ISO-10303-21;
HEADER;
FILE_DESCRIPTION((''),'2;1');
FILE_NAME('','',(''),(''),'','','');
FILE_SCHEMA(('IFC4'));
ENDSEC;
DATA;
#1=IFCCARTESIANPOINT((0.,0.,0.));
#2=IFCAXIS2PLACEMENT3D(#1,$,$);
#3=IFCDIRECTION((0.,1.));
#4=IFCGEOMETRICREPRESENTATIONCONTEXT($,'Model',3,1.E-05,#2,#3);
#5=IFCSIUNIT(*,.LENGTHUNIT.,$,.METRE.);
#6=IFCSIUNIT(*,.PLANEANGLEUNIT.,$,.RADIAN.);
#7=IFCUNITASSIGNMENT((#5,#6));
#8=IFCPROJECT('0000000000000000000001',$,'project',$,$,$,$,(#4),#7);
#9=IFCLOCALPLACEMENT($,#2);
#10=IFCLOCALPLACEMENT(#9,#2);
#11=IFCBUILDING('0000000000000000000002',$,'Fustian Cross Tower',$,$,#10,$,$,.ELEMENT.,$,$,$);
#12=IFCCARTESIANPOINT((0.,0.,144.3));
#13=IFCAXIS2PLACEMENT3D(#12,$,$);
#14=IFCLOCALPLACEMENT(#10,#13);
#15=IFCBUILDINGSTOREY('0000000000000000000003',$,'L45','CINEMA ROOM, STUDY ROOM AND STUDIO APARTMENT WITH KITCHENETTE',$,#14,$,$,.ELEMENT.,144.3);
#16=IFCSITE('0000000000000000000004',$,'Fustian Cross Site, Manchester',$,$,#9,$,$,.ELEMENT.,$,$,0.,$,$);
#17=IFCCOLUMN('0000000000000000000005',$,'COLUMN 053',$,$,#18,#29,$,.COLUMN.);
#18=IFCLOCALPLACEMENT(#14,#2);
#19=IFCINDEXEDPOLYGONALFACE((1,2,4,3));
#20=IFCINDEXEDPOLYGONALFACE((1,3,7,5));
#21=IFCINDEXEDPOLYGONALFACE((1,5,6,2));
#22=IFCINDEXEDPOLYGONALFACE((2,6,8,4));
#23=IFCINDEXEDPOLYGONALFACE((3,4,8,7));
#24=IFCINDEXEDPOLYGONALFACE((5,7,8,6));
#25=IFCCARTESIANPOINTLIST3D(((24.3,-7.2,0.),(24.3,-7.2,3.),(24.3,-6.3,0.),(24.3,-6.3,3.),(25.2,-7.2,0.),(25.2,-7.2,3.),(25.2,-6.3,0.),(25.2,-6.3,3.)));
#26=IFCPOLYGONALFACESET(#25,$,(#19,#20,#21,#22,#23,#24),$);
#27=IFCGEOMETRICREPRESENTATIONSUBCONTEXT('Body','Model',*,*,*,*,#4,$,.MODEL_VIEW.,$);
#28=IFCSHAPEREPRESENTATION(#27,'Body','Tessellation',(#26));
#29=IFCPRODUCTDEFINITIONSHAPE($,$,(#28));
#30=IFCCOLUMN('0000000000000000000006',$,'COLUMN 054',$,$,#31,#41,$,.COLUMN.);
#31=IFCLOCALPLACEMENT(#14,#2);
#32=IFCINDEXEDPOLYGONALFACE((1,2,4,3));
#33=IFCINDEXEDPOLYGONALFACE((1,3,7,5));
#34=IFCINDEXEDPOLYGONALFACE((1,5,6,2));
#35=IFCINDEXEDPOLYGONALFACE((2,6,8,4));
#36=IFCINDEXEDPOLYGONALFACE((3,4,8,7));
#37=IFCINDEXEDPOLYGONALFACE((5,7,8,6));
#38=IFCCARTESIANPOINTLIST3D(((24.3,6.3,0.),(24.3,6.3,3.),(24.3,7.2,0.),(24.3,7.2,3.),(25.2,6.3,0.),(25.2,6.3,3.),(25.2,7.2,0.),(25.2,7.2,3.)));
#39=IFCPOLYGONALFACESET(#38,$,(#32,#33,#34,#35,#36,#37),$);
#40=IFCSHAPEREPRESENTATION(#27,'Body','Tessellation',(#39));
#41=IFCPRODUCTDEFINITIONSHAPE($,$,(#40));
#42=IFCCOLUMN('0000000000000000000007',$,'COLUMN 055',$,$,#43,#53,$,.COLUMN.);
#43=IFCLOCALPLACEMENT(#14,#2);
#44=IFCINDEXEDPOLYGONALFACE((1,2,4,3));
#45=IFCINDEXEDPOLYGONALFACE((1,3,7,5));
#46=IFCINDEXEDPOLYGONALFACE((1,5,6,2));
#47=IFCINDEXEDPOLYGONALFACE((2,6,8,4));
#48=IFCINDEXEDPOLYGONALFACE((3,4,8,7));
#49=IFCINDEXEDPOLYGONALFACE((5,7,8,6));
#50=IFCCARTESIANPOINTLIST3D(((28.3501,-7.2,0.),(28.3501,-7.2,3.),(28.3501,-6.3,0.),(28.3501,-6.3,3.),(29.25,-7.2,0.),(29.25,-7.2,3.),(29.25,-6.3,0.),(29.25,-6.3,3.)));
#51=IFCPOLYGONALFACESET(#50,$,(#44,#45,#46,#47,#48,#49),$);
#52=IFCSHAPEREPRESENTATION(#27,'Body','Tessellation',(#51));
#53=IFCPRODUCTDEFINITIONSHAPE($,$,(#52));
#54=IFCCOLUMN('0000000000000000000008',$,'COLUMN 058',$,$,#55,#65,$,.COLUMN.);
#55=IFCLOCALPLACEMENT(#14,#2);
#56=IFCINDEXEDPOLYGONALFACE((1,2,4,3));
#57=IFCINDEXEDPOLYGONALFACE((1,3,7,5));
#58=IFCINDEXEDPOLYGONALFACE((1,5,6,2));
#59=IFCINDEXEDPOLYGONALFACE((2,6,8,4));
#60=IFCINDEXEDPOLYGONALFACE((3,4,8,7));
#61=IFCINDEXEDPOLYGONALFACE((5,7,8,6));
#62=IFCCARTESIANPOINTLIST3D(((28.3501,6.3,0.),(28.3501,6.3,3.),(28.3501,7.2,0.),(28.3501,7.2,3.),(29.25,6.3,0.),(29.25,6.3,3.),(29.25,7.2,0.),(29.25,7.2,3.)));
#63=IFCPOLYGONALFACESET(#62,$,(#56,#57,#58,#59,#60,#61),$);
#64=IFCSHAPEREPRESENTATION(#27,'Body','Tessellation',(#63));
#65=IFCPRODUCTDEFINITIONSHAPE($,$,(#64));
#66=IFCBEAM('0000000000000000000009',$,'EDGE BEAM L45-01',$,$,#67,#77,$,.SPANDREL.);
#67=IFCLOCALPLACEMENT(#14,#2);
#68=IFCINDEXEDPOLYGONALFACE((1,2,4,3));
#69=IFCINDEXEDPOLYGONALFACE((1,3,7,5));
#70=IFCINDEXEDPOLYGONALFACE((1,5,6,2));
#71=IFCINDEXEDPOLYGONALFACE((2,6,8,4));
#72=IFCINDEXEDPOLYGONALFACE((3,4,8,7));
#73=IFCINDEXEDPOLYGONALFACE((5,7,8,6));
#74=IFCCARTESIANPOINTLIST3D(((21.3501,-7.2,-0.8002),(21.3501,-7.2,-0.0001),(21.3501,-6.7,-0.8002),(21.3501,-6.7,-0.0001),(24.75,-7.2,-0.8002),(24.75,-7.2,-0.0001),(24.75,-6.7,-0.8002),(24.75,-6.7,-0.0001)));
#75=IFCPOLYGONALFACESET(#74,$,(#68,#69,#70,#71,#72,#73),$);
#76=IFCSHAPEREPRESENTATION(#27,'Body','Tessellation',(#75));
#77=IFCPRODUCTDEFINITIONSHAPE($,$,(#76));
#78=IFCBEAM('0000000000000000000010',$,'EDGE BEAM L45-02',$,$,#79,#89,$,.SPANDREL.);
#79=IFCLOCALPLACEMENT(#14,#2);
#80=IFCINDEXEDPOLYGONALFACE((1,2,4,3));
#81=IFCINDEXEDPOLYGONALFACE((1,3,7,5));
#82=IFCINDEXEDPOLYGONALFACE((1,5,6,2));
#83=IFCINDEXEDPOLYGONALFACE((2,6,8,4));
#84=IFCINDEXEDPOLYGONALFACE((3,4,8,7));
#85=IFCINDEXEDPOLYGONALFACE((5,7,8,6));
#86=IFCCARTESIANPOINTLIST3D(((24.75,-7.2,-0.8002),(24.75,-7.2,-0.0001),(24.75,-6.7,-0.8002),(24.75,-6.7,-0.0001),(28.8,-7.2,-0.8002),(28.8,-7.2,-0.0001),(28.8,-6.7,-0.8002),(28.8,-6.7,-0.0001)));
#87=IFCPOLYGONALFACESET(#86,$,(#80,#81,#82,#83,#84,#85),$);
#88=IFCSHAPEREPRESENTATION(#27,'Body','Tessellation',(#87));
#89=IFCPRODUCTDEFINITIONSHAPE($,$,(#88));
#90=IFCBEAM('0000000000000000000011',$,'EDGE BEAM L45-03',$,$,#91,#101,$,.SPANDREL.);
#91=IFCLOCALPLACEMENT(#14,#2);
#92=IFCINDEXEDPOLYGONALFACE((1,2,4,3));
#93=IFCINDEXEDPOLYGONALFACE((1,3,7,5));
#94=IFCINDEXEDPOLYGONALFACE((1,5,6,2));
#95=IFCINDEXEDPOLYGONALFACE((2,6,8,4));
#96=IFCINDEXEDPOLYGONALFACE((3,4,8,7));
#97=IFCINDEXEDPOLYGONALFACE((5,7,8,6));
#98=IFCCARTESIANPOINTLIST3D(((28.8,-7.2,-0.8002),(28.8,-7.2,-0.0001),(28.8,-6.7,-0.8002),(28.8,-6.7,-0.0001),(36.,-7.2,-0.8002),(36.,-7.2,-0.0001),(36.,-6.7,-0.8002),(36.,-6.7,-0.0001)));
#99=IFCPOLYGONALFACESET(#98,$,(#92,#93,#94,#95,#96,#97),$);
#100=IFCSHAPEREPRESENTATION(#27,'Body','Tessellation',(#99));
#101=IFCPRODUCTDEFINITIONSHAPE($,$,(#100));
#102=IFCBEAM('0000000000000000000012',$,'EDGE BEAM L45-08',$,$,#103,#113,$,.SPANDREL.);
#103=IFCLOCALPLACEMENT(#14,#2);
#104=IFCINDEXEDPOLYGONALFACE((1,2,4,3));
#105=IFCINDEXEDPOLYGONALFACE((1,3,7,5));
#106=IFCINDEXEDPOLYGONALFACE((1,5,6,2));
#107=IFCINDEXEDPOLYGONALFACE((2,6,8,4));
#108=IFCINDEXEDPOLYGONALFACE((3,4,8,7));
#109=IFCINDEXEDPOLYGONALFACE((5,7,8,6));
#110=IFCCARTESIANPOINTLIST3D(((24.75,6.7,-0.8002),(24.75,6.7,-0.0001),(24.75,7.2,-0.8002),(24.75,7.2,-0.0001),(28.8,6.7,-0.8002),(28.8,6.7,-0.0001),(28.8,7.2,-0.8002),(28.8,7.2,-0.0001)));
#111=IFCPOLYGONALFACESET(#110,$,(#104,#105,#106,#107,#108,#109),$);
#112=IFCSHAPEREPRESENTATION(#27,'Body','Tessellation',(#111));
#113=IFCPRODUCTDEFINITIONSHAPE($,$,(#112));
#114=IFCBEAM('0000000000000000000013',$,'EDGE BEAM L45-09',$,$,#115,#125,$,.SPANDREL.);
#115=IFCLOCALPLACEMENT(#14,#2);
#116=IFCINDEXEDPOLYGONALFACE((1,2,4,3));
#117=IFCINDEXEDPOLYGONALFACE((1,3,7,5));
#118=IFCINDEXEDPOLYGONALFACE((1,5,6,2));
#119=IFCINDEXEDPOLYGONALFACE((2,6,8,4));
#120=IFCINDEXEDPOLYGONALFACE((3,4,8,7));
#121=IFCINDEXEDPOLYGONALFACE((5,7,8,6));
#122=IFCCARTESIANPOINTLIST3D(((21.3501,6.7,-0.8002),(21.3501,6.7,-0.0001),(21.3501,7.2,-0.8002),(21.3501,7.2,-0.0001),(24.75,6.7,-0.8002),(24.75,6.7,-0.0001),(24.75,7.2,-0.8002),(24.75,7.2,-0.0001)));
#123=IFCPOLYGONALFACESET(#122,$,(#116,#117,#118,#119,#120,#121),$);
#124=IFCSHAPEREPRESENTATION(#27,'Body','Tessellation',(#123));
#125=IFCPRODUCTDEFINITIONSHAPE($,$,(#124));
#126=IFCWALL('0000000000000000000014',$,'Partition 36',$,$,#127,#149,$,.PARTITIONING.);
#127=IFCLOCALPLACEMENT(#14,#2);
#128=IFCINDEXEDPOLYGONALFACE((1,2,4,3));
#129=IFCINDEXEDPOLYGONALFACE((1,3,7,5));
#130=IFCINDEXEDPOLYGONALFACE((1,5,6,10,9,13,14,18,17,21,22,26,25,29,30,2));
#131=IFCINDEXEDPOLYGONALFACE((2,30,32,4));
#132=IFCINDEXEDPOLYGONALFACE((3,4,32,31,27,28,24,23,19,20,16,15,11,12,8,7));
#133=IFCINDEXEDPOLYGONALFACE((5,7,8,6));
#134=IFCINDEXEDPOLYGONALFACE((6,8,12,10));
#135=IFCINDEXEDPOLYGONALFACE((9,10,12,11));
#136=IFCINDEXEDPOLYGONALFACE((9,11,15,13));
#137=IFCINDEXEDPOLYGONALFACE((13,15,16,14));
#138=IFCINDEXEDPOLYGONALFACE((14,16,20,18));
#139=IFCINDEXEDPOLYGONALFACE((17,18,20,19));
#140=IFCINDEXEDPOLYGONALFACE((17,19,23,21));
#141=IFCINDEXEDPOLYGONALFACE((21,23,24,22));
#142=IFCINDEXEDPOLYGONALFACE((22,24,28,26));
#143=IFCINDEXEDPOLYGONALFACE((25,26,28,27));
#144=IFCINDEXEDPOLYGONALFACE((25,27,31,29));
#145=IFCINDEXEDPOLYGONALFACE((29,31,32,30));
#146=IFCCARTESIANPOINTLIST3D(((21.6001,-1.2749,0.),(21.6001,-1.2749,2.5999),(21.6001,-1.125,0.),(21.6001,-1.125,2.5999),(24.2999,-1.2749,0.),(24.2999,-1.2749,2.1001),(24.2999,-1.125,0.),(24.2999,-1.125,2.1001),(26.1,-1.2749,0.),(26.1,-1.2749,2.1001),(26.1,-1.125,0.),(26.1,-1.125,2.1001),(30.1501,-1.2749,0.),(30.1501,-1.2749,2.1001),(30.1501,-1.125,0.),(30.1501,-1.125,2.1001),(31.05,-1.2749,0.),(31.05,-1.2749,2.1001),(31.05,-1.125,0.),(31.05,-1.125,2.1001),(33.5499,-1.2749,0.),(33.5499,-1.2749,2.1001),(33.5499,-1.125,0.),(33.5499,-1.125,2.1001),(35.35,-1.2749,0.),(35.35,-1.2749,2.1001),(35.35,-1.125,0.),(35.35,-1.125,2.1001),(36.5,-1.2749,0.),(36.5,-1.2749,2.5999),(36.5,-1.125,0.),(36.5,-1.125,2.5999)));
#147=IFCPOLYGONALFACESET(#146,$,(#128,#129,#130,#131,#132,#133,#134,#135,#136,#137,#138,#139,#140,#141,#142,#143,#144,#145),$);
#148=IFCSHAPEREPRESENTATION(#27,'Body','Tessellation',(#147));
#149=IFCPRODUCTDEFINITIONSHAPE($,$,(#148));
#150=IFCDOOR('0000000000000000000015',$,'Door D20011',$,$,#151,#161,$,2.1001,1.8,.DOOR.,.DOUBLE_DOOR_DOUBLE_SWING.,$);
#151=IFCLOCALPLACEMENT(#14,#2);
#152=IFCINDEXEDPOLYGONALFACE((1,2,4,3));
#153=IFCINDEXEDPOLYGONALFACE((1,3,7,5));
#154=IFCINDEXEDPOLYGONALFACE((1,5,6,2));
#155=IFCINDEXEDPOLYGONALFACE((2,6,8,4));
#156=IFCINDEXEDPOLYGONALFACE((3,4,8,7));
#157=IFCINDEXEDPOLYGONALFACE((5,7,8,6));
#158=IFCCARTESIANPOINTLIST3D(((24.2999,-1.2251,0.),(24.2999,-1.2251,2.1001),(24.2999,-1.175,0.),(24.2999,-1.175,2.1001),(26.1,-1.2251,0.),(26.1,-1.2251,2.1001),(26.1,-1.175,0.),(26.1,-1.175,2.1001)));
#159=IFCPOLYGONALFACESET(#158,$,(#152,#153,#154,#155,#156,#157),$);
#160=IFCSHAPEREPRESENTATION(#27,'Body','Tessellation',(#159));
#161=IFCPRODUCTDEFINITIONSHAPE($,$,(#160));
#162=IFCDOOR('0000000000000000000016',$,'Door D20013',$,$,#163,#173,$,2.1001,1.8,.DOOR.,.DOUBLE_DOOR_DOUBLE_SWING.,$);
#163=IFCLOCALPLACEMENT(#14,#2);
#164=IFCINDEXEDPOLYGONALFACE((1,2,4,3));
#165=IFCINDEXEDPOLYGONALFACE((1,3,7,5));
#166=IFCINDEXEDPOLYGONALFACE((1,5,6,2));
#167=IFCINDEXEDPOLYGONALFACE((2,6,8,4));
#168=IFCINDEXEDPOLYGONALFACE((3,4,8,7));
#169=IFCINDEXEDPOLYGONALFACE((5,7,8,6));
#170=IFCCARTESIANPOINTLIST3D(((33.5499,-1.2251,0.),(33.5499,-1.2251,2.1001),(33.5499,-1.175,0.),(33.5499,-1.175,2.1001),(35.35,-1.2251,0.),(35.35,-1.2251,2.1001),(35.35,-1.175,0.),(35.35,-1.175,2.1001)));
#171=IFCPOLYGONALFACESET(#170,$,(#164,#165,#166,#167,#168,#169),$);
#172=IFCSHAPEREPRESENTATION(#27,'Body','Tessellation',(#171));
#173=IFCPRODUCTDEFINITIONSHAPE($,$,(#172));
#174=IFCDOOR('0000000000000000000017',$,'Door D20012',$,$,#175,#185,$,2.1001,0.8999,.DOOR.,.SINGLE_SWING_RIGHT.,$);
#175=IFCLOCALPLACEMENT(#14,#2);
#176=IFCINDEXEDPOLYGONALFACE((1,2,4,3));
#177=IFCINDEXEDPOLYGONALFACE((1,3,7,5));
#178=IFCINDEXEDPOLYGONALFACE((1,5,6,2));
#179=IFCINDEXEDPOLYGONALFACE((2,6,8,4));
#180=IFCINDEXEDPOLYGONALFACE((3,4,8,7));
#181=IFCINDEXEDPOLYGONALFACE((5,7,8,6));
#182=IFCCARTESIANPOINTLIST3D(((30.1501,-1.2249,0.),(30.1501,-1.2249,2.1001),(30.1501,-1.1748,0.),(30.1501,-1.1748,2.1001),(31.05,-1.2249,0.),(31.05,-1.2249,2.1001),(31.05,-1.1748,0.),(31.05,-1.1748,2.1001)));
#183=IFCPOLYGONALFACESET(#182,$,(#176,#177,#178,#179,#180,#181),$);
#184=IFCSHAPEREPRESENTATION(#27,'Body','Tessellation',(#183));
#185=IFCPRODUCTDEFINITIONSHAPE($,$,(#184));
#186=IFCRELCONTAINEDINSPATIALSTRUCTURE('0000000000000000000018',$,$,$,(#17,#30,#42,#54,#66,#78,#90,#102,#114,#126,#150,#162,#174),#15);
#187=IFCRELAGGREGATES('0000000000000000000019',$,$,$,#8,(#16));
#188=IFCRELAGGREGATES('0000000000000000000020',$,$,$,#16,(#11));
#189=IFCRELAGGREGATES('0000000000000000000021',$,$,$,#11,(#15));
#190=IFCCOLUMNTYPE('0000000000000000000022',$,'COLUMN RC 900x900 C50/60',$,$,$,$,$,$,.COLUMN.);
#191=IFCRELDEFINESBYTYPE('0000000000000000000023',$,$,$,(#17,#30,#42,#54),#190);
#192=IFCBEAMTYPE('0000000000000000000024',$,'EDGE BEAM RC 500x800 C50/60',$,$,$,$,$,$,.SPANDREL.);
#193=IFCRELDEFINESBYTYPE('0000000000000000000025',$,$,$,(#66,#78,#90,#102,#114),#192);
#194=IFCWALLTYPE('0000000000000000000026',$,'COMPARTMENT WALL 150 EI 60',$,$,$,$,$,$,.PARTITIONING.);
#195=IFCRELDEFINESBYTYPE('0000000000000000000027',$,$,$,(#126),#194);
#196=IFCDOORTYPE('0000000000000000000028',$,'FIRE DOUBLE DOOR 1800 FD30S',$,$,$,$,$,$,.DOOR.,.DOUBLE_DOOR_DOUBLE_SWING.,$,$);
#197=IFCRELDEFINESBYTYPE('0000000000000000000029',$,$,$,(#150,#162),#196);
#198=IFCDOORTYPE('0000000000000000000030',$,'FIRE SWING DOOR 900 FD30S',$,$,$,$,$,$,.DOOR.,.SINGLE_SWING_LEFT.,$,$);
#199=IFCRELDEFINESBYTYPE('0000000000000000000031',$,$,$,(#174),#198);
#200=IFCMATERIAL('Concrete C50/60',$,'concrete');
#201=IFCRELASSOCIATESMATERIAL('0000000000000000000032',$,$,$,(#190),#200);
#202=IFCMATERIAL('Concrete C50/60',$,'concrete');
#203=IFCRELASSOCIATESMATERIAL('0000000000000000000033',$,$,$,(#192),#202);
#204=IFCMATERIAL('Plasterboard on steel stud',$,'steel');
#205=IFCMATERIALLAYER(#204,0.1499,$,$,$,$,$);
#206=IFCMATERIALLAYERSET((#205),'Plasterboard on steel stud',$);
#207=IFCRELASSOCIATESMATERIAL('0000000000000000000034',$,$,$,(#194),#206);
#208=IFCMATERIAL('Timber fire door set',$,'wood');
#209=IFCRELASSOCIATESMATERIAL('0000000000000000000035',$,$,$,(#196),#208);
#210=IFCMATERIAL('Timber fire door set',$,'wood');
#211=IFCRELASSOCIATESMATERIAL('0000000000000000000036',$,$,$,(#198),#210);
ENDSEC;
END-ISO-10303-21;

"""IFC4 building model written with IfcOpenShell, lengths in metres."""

from ifc_helpers import new_model, si_unit, direction, frame, frame_2d, origin, origin_2d, place, context, subcontext, project, spatial, rectangle, extrude, material, layer, layer_set, material_profile, profile_set, type_object, element, fill, save


model = new_model("IFC4")

# Units and contexts
model_context = context("Model", 3, precision=1e-05, world=origin(), true_north=direction((0.0, 1.0)))
body_context = subcontext(model_context, "Body", "Model", "MODEL_VIEW")
ifc_project = project(units=[si_unit("LENGTHUNIT", "METRE"), si_unit("PLANEANGLEUNIT", "RADIAN")], contexts=[model_context])

# Site, building, storey
site_placement = place(None, origin())
site = spatial("IfcSite", under=ifc_project, at=site_placement, Name="Fustian Cross Site, Manchester", CompositionType="ELEMENT", RefElevation=0.0)
building_placement = place(site_placement, origin())
building = spatial("IfcBuilding", under=site, at=building_placement, Name="Fustian Cross Tower", CompositionType="ELEMENT")
storey_placement = place(building_placement, frame((0.0, 0.0, 144.3)))
storey = spatial("IfcBuildingStorey", under=building, at=storey_placement, Name="L45", Description="CINEMA ROOM, STUDY ROOM AND STUDIO APARTMENT WITH KITCHENETTE", CompositionType="ELEMENT", Elevation=144.3)

# Columns
ifc_material_1 = material(Name="Concrete C50/60", Category="concrete")
ifc_material_profile_1 = material_profile(ifc_material_1, rectangle(XDim=0.8999, YDim=0.8999, at=origin_2d()), Name="RC 900x900")
ifc_profile_set_1 = profile_set([ifc_material_profile_1], Name="Concrete C50/60")
column_type = type_object("IfcColumnType", Name="COLUMN RC 900x900 C50/60", PredefinedType="COLUMN", material=ifc_profile_set_1)
for number, where, z_axis, x_axis, name in (
    (1, (24.75, -6.75, 0.0), (0.0, 0.0, 1.0), (1.0, 0.0, 0.0), "COLUMN 053"),
    (2, (24.75, 6.75, 0.0), (0.0, 0.0, 1.0), (1.0, 0.0, 0.0), "COLUMN 054"),
    (3, (28.8, -6.75, 0.0), (0.0, 0.0, 1.0), (1.0, 0.0, 0.0), "COLUMN 055"),
    (4, (28.8, 6.75, 0.0), (0.0, 0.0, 1.0), (1.0, 0.0, 0.0), "COLUMN 058"),
):
    element("IfcColumn", number, at=place(storey_placement, frame(where, z_axis=z_axis, x_axis=x_axis)), inside=storey, type_object=column_type, Name=name, PredefinedType="COLUMN", context=body_context, shape_type="SweptSolid", body=[
        extrude(rectangle(XDim=0.8999, YDim=0.8999, at=origin_2d()), origin(), (0.0, 0.0, 1.0), 3.0),
    ])

# Beams
ifc_material_2 = material(Name="Concrete C50/60", Category="concrete")
ifc_material_profile_2 = material_profile(ifc_material_2, rectangle(XDim=0.5, YDim=0.8, at=origin_2d()), Name="RC 500x800")
ifc_profile_set_2 = profile_set([ifc_material_profile_2], Name="Concrete C50/60")
beam_type = type_object("IfcBeamType", Name="EDGE BEAM RC 500x800 C50/60", PredefinedType="SPANDREL", material=ifc_profile_set_2)
beam_1_placement = place(storey_placement, frame((21.3501, -6.95, -0.4001), z_axis=(1.0, 0.0, 0.0), x_axis=(0.0, 1.0, 0.0)))
element("IfcBeam", 5, at=beam_1_placement, inside=storey, type_object=beam_type, Name="EDGE BEAM L45-01", PredefinedType="SPANDREL", context=body_context, shape_type="SweptSolid", body=[
    extrude(rectangle(XDim=0.5, YDim=0.8, at=origin_2d()), origin(), (0.0, 0.0, 1.0), 3.3999),
])
beam_2_placement = place(storey_placement, frame((24.75, -6.95, -0.4001), z_axis=(1.0, 0.0, 0.0), x_axis=(0.0, 1.0, 0.0)))
element("IfcBeam", 6, at=beam_2_placement, inside=storey, type_object=beam_type, Name="EDGE BEAM L45-02", PredefinedType="SPANDREL", context=body_context, shape_type="SweptSolid", body=[
    extrude(rectangle(XDim=0.5, YDim=0.8, at=origin_2d()), origin(), (0.0, 0.0, 1.0), 4.05),
])
beam_3_placement = place(storey_placement, frame((28.8, -6.95, -0.4001), z_axis=(1.0, 0.0, 0.0), x_axis=(0.0, 1.0, 0.0)))
element("IfcBeam", 7, at=beam_3_placement, inside=storey, type_object=beam_type, Name="EDGE BEAM L45-03", PredefinedType="SPANDREL", context=body_context, shape_type="SweptSolid", body=[
    extrude(rectangle(XDim=0.5, YDim=0.8, at=origin_2d()), origin(), (0.0, 0.0, 1.0), 7.2),
])
beam_4_placement = place(storey_placement, frame((28.8, 6.95, -0.4001), z_axis=(-1.0, 0.0, 0.0), x_axis=(0.0, -1.0, 0.0)))
element("IfcBeam", 8, at=beam_4_placement, inside=storey, type_object=beam_type, Name="EDGE BEAM L45-08", PredefinedType="SPANDREL", context=body_context, shape_type="SweptSolid", body=[
    extrude(rectangle(XDim=0.5, YDim=0.8, at=origin_2d()), origin(), (0.0, 0.0, 1.0), 4.05),
])
beam_5_placement = place(storey_placement, frame((24.75, 6.95, -0.4001), z_axis=(-1.0, 0.0, 0.0), x_axis=(0.0, -1.0, 0.0)))
element("IfcBeam", 9, at=beam_5_placement, inside=storey, type_object=beam_type, Name="EDGE BEAM L45-09", PredefinedType="SPANDREL", context=body_context, shape_type="SweptSolid", body=[
    extrude(rectangle(XDim=0.5, YDim=0.8, at=origin_2d()), origin(), (0.0, 0.0, 1.0), 3.3999),
])

# Wall, openings, doors
ifc_material_3 = material(Name="Plasterboard on steel stud", Category="steel")
ifc_layer_1 = layer(ifc_material_3, 0.1499)
ifc_layer_set_1 = layer_set([ifc_layer_1], Name="Plasterboard on steel stud")
wall_type_1 = type_object("IfcWallType", Name="COMPARTMENT WALL 150 EI 60", PredefinedType="PARTITIONING", material=ifc_layer_set_1)
wall_1_placement = place(storey_placement, frame((21.6001, -1.2, 0.0), z_axis=(0.0, 0.0, 1.0), x_axis=(1.0, 0.0, 0.0)))
wall_1 = element("IfcWall", 10, at=wall_1_placement, inside=storey, type_object=wall_type_1, Name="Partition 36", PredefinedType="PARTITIONING", context=body_context, shape_type="SweptSolid", body=[
    extrude(rectangle(XDim=14.8999, YDim=0.1499, at=frame_2d((7.45, 0.0))), origin(), (0.0, 0.0, 1.0), 2.5999),
])
opening_1_placement = place(wall_1_placement, frame((2.7, 0.0, 0.0)))
opening_1 = element("IfcOpeningElement", 11, at=opening_1_placement, cuts=wall_1, PredefinedType="OPENING", context=body_context, shape_type="SweptSolid", body=[
    extrude(rectangle(XDim=1.8, YDim=2.1001, at=frame_2d((0.8999, 1.05))), frame((0.0, 0.085, 0.0), z_axis=(0.0, -1.0, 0.0), x_axis=(1.0, 0.0, 0.0)), (0.0, 0.0, 1.0), 0.1699),
])
opening_2_placement = place(wall_1_placement, frame((8.55, 0.0, 0.0)))
opening_2 = element("IfcOpeningElement", 12, at=opening_2_placement, cuts=wall_1, PredefinedType="OPENING", context=body_context, shape_type="SweptSolid", body=[
    extrude(rectangle(XDim=0.8999, YDim=2.1001, at=frame_2d((0.45, 1.05))), frame((0.0, 0.085, 0.0), z_axis=(0.0, -1.0, 0.0), x_axis=(1.0, 0.0, 0.0)), (0.0, 0.0, 1.0), 0.1699),
])
opening_3_placement = place(wall_1_placement, frame((11.95, 0.0, 0.0)))
opening_3 = element("IfcOpeningElement", 13, at=opening_3_placement, cuts=wall_1, PredefinedType="OPENING", context=body_context, shape_type="SweptSolid", body=[
    extrude(rectangle(XDim=1.8, YDim=2.1001, at=frame_2d((0.8999, 1.05))), frame((0.0, 0.085, 0.0), z_axis=(0.0, -1.0, 0.0), x_axis=(1.0, 0.0, 0.0)), (0.0, 0.0, 1.0), 0.1699),
])
ifc_material_4 = material(Name="Timber fire door set", Category="wood")
door_type_1 = type_object("IfcDoorType", Name="FIRE DOUBLE DOOR 1800 FD30S", OperationType="DOUBLE_DOOR_DOUBLE_SWING", PredefinedType="DOOR", material=ifc_material_4)
door_1_placement = place(opening_1_placement, origin())
door_1 = element("IfcDoor", 14, at=door_1_placement, inside=storey, type_object=door_type_1, Name="Door D20011", OperationType="DOUBLE_DOOR_DOUBLE_SWING", OverallHeight=2.1001, OverallWidth=1.8, PredefinedType="DOOR", context=body_context, shape_type="SweptSolid", body=[
    extrude(rectangle(XDim=1.8, YDim=2.1001, at=frame_2d((0.8999, 1.05))), frame((0.0, 0.0249, 0.0), z_axis=(0.0, -1.0, 0.0), x_axis=(1.0, 0.0, 0.0)), (0.0, 0.0, 1.0), 0.05),
])
fill(opening_1, door_1)
door_2_placement = place(opening_3_placement, origin())
door_2 = element("IfcDoor", 15, at=door_2_placement, inside=storey, type_object=door_type_1, Name="Door D20013", OperationType="DOUBLE_DOOR_DOUBLE_SWING", OverallHeight=2.1001, OverallWidth=1.8, PredefinedType="DOOR", context=body_context, shape_type="SweptSolid", body=[
    extrude(rectangle(XDim=1.8, YDim=2.1001, at=frame_2d((0.8999, 1.05))), frame((0.0, 0.0249, 0.0), z_axis=(0.0, -1.0, 0.0), x_axis=(1.0, 0.0, 0.0)), (0.0, 0.0, 1.0), 0.05),
])
fill(opening_3, door_2)
ifc_material_5 = material(Name="Timber fire door set", Category="wood")
door_type_2 = type_object("IfcDoorType", Name="FIRE SWING DOOR 900 FD30S", OperationType="SINGLE_SWING_LEFT", PredefinedType="DOOR", material=ifc_material_5)
door_3_placement = place(opening_2_placement, frame((0.8999, 0.0, 0.0), z_axis=(0.0, 0.0, 1.0), x_axis=(-1.0, 0.0, 0.0)))
door_3 = element("IfcDoor", 16, at=door_3_placement, inside=storey, type_object=door_type_2, Name="Door D20012", OperationType="SINGLE_SWING_RIGHT", OverallHeight=2.1001, OverallWidth=0.8999, PredefinedType="DOOR", context=body_context, shape_type="SweptSolid", body=[
    extrude(rectangle(XDim=0.8999, YDim=2.1001, at=frame_2d((0.45, 1.05))), frame((0.0, 0.0249, 0.0), z_axis=(0.0, -1.0, 0.0), x_axis=(1.0, 0.0, 0.0)), (0.0, 0.0, 1.0), 0.05),
])
fill(opening_2, door_3)

save(model, "model.ifc")
